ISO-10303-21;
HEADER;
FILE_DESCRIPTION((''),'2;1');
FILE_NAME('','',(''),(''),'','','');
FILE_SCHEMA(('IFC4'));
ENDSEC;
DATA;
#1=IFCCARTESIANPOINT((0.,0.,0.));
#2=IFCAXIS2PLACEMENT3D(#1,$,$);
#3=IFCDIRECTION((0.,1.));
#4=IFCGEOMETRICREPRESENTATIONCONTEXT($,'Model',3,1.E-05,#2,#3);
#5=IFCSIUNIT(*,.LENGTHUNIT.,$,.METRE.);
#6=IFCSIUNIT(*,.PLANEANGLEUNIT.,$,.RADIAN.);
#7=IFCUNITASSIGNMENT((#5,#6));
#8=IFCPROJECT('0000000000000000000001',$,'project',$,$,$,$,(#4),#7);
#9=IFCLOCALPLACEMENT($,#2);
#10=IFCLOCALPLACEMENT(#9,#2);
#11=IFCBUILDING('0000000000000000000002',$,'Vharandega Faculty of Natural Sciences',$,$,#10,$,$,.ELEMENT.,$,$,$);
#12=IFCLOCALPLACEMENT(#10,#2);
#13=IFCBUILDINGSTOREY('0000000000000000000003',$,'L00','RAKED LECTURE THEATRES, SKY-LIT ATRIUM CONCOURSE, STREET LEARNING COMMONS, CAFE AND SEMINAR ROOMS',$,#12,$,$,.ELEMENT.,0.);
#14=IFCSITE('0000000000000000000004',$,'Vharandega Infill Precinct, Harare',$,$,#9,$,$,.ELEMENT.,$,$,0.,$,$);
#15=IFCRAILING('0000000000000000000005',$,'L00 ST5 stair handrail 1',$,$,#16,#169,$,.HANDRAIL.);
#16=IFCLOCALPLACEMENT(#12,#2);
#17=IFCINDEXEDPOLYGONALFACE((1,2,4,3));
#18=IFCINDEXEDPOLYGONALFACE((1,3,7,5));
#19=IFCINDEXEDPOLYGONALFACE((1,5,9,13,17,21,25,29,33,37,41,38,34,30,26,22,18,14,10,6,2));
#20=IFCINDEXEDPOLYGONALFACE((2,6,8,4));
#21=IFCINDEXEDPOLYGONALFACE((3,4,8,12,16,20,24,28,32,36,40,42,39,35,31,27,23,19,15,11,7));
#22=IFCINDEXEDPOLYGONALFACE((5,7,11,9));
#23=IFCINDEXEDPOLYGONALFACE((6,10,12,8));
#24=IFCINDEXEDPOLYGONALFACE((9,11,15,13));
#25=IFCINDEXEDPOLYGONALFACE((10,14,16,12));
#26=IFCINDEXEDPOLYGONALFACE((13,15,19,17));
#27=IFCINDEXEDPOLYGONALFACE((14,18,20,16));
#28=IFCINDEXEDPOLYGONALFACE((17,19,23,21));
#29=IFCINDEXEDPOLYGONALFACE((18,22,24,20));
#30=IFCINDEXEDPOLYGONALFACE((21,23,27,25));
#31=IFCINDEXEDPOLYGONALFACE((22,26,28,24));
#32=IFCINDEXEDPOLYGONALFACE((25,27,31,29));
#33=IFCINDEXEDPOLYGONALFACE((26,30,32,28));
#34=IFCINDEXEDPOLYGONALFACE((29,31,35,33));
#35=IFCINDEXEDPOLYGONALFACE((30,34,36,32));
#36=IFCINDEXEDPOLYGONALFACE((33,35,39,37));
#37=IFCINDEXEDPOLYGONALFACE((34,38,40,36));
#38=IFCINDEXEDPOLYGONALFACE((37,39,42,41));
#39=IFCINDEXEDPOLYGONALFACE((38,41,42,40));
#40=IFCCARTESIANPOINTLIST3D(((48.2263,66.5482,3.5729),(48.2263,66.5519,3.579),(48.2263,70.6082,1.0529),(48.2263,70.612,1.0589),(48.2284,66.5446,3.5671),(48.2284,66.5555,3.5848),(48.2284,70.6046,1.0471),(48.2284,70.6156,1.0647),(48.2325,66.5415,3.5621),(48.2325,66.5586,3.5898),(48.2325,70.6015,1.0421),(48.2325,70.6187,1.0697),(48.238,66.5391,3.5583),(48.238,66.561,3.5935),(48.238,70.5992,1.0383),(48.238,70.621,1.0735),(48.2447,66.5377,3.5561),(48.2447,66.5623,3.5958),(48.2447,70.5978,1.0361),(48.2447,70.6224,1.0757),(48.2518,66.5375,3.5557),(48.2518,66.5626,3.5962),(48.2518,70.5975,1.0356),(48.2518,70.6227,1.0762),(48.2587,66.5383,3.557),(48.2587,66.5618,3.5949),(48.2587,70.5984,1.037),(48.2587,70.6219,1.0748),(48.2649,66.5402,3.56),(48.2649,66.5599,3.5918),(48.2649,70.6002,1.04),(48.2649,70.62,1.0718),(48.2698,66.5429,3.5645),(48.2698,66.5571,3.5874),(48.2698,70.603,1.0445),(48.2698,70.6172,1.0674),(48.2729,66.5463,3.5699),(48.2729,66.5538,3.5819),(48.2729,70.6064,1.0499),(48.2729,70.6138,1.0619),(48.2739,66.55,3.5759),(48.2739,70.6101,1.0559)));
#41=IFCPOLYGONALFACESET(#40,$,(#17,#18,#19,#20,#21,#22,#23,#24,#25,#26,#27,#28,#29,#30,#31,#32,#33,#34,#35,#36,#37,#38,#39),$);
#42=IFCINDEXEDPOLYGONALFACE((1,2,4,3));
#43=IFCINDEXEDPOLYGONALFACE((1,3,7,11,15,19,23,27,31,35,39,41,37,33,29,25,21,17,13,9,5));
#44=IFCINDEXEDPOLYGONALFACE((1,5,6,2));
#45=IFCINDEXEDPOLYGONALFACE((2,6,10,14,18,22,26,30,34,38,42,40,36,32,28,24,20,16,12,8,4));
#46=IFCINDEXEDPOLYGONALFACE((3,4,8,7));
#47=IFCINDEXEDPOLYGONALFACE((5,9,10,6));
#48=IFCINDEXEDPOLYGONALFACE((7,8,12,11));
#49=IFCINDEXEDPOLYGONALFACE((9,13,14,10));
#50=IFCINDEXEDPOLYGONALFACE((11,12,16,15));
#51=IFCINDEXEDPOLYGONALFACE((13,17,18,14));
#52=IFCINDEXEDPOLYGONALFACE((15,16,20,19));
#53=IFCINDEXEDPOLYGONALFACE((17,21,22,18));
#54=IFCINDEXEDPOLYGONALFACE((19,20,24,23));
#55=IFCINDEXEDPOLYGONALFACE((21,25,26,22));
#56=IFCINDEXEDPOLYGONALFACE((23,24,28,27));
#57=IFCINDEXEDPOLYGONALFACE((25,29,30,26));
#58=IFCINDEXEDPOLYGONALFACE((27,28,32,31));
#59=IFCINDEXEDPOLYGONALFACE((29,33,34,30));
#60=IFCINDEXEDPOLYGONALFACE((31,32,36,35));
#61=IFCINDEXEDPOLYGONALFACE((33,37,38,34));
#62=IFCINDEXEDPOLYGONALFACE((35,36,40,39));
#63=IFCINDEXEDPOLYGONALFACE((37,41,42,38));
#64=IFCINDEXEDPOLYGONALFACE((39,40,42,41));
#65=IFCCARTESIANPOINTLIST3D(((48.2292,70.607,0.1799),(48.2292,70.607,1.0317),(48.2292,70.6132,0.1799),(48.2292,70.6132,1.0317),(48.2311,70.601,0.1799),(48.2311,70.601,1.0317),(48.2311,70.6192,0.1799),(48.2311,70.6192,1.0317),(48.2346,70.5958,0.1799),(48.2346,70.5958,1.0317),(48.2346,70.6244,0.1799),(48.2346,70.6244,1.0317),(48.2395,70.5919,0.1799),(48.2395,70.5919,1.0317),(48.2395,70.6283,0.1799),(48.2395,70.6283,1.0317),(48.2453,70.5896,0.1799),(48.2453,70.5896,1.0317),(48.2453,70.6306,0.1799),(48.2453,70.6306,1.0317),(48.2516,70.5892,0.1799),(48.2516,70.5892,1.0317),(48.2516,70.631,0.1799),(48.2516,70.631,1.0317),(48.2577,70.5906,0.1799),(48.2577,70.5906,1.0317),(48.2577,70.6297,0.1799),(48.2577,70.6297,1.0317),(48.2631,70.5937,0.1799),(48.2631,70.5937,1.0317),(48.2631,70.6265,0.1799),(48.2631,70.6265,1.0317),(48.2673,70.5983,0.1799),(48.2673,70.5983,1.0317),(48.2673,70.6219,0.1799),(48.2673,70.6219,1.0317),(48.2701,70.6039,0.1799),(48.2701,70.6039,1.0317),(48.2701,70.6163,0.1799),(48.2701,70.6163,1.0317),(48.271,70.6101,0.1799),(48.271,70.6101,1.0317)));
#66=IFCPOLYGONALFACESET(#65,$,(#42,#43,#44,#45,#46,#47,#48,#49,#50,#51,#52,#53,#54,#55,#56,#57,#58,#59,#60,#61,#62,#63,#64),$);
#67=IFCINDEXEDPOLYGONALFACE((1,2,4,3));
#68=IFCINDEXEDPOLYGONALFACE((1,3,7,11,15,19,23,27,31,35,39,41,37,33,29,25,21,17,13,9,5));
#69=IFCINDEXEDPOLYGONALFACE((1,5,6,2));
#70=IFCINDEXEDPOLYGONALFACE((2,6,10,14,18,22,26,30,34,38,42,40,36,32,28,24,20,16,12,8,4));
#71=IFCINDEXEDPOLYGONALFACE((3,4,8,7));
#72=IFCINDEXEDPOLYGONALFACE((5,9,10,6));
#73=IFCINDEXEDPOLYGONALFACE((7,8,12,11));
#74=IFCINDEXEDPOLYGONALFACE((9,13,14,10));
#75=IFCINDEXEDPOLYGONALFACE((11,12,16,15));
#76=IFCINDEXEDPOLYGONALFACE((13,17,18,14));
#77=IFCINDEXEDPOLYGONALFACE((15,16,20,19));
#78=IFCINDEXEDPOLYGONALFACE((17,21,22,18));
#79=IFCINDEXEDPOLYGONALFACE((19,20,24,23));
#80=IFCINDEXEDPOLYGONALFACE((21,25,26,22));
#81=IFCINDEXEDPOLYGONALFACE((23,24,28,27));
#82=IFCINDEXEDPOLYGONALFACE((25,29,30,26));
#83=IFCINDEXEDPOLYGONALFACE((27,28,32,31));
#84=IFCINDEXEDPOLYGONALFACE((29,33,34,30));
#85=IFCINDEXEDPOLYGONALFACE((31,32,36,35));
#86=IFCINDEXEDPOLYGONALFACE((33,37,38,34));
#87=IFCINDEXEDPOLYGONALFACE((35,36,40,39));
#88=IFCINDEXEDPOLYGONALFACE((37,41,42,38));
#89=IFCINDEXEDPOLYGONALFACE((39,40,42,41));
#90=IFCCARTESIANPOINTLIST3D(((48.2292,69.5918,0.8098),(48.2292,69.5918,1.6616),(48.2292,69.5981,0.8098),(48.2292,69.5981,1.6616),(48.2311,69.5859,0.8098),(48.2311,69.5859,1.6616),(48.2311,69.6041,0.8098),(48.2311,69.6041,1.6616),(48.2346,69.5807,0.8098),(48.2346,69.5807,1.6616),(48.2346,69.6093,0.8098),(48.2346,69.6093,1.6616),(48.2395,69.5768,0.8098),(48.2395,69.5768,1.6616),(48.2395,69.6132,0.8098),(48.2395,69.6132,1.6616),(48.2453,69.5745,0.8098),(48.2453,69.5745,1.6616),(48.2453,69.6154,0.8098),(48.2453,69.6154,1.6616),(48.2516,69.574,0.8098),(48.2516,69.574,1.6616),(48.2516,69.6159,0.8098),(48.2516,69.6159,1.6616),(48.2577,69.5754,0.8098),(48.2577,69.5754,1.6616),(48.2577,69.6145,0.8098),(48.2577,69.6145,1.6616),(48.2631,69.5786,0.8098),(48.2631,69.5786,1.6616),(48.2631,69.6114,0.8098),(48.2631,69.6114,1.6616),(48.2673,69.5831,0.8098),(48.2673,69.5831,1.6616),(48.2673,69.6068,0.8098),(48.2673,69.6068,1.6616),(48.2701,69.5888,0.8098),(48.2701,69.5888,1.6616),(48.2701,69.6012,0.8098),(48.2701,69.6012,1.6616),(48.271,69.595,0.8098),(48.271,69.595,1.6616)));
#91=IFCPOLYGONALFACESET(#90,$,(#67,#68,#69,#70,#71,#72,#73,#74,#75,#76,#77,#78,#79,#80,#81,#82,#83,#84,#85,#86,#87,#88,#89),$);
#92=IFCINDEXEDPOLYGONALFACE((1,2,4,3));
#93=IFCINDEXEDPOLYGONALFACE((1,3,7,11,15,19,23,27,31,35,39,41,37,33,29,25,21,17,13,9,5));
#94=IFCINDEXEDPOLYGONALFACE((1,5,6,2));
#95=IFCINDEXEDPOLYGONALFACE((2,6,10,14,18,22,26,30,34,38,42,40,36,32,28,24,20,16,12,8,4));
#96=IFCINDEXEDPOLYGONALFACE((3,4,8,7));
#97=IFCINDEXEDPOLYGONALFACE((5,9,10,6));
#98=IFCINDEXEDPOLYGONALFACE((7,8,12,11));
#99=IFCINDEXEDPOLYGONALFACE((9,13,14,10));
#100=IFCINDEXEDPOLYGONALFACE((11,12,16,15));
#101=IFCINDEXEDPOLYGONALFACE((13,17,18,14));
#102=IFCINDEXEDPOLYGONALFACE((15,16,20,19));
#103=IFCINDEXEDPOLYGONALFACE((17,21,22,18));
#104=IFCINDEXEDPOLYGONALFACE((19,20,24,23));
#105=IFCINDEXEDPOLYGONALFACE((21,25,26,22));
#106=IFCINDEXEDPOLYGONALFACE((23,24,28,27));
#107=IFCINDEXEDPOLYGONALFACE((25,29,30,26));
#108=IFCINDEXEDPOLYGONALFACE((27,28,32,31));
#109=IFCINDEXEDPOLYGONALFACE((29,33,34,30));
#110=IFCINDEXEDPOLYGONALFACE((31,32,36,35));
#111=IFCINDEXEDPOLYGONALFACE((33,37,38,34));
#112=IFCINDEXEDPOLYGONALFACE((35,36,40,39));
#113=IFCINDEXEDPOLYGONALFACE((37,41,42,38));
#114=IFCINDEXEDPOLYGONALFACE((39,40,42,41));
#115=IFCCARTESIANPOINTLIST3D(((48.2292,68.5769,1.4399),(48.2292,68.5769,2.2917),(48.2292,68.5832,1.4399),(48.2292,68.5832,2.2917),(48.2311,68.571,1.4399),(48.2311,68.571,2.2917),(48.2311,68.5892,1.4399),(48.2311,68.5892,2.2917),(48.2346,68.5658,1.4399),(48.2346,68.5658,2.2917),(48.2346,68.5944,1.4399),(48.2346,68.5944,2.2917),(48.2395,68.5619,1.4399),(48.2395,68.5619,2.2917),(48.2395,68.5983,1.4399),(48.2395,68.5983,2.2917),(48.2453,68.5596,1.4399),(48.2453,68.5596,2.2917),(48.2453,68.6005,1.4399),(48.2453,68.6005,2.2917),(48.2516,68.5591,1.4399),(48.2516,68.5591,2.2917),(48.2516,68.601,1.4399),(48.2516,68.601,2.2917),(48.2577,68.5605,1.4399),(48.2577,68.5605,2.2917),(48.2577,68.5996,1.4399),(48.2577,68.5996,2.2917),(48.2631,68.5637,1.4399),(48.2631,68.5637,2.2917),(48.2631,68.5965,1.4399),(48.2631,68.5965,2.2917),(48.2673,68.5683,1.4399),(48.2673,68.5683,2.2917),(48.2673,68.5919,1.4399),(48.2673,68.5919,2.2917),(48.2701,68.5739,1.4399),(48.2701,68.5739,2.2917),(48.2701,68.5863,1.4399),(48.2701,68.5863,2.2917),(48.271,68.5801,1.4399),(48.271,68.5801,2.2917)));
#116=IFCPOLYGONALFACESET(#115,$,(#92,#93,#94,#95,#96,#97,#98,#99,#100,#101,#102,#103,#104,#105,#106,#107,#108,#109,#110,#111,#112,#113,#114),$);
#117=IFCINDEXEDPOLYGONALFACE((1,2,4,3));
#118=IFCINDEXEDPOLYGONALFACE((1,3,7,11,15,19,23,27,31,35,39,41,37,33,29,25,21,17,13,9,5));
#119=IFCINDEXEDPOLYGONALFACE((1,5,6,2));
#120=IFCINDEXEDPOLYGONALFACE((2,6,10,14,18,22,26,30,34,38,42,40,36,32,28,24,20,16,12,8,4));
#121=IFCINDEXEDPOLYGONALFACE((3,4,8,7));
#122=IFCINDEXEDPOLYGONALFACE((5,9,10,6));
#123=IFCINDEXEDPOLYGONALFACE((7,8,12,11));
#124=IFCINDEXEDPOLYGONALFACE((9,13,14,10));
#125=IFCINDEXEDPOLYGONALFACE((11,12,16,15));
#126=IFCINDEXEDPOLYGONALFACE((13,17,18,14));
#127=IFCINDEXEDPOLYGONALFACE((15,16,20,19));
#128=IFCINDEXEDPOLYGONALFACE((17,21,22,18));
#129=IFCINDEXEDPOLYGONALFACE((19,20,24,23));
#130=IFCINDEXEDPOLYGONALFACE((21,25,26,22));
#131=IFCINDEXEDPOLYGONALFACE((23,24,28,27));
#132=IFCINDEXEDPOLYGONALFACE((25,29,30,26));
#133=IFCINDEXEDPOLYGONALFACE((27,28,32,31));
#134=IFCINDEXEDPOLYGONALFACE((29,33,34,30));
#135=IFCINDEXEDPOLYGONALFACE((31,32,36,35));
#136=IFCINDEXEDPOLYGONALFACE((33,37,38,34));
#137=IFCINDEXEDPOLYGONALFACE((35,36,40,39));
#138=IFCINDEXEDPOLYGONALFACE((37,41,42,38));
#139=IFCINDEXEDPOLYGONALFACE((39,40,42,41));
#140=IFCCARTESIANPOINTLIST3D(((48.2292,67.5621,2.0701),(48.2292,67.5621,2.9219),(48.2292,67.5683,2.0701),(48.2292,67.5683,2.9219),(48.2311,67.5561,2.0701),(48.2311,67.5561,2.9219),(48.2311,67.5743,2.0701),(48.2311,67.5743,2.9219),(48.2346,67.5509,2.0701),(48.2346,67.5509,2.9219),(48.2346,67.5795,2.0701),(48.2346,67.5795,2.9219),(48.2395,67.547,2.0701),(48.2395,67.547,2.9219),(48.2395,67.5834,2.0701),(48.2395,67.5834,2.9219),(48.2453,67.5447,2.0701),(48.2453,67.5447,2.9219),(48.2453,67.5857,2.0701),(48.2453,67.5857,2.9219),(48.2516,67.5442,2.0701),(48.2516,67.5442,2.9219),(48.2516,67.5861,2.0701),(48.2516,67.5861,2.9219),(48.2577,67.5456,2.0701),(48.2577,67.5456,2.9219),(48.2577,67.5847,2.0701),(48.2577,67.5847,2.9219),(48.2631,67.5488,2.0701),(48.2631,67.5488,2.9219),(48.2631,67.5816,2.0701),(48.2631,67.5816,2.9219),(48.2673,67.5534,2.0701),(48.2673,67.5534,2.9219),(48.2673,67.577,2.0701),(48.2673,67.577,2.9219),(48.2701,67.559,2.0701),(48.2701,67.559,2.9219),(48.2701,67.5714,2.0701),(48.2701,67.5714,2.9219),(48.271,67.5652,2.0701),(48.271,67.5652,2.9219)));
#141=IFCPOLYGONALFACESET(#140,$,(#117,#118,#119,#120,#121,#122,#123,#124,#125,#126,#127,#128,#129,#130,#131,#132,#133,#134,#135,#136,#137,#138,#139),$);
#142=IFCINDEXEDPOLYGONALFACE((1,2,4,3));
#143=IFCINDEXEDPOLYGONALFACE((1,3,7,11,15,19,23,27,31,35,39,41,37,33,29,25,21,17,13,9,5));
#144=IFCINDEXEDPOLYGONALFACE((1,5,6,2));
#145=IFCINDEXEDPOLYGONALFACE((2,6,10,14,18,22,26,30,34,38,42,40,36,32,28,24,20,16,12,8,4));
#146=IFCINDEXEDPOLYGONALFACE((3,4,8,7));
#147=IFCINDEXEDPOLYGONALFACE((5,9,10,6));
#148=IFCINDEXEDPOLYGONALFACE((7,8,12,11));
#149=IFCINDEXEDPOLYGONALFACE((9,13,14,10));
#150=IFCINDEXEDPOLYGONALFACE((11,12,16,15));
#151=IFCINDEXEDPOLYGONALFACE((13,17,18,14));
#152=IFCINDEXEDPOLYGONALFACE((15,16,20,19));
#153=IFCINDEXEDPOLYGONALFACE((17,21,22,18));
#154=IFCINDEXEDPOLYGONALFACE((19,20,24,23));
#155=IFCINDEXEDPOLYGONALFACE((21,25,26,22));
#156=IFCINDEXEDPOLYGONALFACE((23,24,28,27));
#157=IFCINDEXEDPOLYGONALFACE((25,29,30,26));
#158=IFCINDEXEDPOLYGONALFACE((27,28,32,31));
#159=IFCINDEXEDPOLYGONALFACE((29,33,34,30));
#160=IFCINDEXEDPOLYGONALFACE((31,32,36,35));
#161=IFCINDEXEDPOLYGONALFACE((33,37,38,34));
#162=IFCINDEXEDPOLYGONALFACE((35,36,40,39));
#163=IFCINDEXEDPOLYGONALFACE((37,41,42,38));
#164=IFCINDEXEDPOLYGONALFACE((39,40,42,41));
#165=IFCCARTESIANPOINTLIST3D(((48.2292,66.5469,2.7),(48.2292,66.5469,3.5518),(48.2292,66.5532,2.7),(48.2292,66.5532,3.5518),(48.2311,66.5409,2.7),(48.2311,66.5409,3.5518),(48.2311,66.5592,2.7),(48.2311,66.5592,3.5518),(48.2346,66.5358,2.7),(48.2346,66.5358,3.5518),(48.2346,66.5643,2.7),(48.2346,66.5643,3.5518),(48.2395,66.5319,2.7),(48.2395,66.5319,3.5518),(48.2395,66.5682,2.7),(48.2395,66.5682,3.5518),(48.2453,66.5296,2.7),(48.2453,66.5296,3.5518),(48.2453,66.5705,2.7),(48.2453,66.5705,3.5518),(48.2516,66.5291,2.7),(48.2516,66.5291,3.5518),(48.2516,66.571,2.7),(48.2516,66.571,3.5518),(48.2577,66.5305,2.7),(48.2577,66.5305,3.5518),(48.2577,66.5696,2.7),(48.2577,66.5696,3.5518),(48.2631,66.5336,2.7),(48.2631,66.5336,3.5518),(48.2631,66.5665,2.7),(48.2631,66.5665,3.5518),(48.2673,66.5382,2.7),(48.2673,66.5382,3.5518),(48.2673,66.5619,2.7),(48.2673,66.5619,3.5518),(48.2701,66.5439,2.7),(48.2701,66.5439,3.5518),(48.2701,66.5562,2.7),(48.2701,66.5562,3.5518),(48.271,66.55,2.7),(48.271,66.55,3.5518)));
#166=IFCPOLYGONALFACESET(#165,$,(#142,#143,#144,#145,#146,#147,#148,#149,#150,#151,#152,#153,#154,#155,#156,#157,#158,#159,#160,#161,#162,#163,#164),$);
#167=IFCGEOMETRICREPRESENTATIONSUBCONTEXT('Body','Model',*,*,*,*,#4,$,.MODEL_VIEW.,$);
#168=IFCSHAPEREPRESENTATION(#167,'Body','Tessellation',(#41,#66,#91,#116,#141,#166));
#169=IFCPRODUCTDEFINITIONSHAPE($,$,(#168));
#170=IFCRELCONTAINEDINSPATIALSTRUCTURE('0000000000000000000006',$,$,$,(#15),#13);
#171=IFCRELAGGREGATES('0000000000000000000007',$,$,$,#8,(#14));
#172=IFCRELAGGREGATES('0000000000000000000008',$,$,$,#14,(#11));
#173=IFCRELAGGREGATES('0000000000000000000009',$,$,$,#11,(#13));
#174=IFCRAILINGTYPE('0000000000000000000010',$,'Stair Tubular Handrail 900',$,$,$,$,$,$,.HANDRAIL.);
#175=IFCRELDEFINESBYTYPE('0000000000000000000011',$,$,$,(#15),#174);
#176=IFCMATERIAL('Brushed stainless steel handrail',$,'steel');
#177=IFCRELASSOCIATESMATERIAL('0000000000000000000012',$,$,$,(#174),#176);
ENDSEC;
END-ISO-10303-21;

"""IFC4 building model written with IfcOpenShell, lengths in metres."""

from ifc_helpers import new_model, si_unit, direction, frame, origin, origin_2d, place, context, subcontext, project, spatial, circle, extrude, material, type_object, element, save


model = new_model("IFC4")

# Units and contexts
model_context = context("Model", 3, precision=1e-05, world=origin(), true_north=direction((0.0, 1.0)))
body_context = subcontext(model_context, "Body", "Model", "MODEL_VIEW")
ifc_project = project(units=[si_unit("LENGTHUNIT", "METRE"), si_unit("PLANEANGLEUNIT", "RADIAN")], contexts=[model_context])

# Site, building, storey
site_placement = place(None, origin())
site = spatial("IfcSite", under=ifc_project, at=site_placement, Name="Vharandega Infill Precinct, Harare", CompositionType="ELEMENT", RefElevation=0.0)
building_placement = place(site_placement, origin())
building = spatial("IfcBuilding", under=site, at=building_placement, Name="Vharandega Faculty of Natural Sciences", CompositionType="ELEMENT")
storey_placement = place(building_placement, origin())
storey = spatial("IfcBuildingStorey", under=building, at=storey_placement, Name="L00", Description="RAKED LECTURE THEATRES, SKY-LIT ATRIUM CONCOURSE, STREET LEARNING COMMONS, CAFE AND SEMINAR ROOMS", CompositionType="ELEMENT", Elevation=0.0)

# Railing
ifc_material_1 = material(Name="Brushed stainless steel handrail", Category="steel")
railing_type_1 = type_object("IfcRailingType", Name="Stair Tubular Handrail 900", PredefinedType="HANDRAIL", material=ifc_material_1)
railing_1_placement = place(storey_placement, frame((48.25, 70.6101, 0.1799)))
element("IfcRailing", 1, at=railing_1_placement, inside=storey, type_object=railing_type_1, Name="L00 ST5 stair handrail 1", PredefinedType="HANDRAIL", context=body_context, shape_type="SweptSolid", body=[
    extrude(circle(Radius=0.0239, at=origin_2d()), frame((0.0, 0.0, 0.876), z_axis=(0.0, -0.849642, 0.52736), x_axis=(1.0, 0.0, 0.0)), (0.0, 0.0, 1.0), 4.7786),
    extrude(circle(Radius=0.021, at=origin_2d()), origin(), (0.0, 0.0, 1.0), 0.8518),
    extrude(circle(Radius=0.021, at=origin_2d()), frame((0.0, -1.0151, 0.6299)), (0.0, 0.0, 1.0), 0.8518),
    extrude(circle(Radius=0.021, at=origin_2d()), frame((0.0, -2.03, 1.26)), (0.0, 0.0, 1.0), 0.8518),
    extrude(circle(Radius=0.021, at=origin_2d()), frame((0.0, -3.0449, 1.8901)), (0.0, 0.0, 1.0), 0.8518),
    extrude(circle(Radius=0.021, at=origin_2d()), frame((0.0, -4.0601, 2.52)), (0.0, 0.0, 1.0), 0.8518),
])

save(model, "model.ifc")
